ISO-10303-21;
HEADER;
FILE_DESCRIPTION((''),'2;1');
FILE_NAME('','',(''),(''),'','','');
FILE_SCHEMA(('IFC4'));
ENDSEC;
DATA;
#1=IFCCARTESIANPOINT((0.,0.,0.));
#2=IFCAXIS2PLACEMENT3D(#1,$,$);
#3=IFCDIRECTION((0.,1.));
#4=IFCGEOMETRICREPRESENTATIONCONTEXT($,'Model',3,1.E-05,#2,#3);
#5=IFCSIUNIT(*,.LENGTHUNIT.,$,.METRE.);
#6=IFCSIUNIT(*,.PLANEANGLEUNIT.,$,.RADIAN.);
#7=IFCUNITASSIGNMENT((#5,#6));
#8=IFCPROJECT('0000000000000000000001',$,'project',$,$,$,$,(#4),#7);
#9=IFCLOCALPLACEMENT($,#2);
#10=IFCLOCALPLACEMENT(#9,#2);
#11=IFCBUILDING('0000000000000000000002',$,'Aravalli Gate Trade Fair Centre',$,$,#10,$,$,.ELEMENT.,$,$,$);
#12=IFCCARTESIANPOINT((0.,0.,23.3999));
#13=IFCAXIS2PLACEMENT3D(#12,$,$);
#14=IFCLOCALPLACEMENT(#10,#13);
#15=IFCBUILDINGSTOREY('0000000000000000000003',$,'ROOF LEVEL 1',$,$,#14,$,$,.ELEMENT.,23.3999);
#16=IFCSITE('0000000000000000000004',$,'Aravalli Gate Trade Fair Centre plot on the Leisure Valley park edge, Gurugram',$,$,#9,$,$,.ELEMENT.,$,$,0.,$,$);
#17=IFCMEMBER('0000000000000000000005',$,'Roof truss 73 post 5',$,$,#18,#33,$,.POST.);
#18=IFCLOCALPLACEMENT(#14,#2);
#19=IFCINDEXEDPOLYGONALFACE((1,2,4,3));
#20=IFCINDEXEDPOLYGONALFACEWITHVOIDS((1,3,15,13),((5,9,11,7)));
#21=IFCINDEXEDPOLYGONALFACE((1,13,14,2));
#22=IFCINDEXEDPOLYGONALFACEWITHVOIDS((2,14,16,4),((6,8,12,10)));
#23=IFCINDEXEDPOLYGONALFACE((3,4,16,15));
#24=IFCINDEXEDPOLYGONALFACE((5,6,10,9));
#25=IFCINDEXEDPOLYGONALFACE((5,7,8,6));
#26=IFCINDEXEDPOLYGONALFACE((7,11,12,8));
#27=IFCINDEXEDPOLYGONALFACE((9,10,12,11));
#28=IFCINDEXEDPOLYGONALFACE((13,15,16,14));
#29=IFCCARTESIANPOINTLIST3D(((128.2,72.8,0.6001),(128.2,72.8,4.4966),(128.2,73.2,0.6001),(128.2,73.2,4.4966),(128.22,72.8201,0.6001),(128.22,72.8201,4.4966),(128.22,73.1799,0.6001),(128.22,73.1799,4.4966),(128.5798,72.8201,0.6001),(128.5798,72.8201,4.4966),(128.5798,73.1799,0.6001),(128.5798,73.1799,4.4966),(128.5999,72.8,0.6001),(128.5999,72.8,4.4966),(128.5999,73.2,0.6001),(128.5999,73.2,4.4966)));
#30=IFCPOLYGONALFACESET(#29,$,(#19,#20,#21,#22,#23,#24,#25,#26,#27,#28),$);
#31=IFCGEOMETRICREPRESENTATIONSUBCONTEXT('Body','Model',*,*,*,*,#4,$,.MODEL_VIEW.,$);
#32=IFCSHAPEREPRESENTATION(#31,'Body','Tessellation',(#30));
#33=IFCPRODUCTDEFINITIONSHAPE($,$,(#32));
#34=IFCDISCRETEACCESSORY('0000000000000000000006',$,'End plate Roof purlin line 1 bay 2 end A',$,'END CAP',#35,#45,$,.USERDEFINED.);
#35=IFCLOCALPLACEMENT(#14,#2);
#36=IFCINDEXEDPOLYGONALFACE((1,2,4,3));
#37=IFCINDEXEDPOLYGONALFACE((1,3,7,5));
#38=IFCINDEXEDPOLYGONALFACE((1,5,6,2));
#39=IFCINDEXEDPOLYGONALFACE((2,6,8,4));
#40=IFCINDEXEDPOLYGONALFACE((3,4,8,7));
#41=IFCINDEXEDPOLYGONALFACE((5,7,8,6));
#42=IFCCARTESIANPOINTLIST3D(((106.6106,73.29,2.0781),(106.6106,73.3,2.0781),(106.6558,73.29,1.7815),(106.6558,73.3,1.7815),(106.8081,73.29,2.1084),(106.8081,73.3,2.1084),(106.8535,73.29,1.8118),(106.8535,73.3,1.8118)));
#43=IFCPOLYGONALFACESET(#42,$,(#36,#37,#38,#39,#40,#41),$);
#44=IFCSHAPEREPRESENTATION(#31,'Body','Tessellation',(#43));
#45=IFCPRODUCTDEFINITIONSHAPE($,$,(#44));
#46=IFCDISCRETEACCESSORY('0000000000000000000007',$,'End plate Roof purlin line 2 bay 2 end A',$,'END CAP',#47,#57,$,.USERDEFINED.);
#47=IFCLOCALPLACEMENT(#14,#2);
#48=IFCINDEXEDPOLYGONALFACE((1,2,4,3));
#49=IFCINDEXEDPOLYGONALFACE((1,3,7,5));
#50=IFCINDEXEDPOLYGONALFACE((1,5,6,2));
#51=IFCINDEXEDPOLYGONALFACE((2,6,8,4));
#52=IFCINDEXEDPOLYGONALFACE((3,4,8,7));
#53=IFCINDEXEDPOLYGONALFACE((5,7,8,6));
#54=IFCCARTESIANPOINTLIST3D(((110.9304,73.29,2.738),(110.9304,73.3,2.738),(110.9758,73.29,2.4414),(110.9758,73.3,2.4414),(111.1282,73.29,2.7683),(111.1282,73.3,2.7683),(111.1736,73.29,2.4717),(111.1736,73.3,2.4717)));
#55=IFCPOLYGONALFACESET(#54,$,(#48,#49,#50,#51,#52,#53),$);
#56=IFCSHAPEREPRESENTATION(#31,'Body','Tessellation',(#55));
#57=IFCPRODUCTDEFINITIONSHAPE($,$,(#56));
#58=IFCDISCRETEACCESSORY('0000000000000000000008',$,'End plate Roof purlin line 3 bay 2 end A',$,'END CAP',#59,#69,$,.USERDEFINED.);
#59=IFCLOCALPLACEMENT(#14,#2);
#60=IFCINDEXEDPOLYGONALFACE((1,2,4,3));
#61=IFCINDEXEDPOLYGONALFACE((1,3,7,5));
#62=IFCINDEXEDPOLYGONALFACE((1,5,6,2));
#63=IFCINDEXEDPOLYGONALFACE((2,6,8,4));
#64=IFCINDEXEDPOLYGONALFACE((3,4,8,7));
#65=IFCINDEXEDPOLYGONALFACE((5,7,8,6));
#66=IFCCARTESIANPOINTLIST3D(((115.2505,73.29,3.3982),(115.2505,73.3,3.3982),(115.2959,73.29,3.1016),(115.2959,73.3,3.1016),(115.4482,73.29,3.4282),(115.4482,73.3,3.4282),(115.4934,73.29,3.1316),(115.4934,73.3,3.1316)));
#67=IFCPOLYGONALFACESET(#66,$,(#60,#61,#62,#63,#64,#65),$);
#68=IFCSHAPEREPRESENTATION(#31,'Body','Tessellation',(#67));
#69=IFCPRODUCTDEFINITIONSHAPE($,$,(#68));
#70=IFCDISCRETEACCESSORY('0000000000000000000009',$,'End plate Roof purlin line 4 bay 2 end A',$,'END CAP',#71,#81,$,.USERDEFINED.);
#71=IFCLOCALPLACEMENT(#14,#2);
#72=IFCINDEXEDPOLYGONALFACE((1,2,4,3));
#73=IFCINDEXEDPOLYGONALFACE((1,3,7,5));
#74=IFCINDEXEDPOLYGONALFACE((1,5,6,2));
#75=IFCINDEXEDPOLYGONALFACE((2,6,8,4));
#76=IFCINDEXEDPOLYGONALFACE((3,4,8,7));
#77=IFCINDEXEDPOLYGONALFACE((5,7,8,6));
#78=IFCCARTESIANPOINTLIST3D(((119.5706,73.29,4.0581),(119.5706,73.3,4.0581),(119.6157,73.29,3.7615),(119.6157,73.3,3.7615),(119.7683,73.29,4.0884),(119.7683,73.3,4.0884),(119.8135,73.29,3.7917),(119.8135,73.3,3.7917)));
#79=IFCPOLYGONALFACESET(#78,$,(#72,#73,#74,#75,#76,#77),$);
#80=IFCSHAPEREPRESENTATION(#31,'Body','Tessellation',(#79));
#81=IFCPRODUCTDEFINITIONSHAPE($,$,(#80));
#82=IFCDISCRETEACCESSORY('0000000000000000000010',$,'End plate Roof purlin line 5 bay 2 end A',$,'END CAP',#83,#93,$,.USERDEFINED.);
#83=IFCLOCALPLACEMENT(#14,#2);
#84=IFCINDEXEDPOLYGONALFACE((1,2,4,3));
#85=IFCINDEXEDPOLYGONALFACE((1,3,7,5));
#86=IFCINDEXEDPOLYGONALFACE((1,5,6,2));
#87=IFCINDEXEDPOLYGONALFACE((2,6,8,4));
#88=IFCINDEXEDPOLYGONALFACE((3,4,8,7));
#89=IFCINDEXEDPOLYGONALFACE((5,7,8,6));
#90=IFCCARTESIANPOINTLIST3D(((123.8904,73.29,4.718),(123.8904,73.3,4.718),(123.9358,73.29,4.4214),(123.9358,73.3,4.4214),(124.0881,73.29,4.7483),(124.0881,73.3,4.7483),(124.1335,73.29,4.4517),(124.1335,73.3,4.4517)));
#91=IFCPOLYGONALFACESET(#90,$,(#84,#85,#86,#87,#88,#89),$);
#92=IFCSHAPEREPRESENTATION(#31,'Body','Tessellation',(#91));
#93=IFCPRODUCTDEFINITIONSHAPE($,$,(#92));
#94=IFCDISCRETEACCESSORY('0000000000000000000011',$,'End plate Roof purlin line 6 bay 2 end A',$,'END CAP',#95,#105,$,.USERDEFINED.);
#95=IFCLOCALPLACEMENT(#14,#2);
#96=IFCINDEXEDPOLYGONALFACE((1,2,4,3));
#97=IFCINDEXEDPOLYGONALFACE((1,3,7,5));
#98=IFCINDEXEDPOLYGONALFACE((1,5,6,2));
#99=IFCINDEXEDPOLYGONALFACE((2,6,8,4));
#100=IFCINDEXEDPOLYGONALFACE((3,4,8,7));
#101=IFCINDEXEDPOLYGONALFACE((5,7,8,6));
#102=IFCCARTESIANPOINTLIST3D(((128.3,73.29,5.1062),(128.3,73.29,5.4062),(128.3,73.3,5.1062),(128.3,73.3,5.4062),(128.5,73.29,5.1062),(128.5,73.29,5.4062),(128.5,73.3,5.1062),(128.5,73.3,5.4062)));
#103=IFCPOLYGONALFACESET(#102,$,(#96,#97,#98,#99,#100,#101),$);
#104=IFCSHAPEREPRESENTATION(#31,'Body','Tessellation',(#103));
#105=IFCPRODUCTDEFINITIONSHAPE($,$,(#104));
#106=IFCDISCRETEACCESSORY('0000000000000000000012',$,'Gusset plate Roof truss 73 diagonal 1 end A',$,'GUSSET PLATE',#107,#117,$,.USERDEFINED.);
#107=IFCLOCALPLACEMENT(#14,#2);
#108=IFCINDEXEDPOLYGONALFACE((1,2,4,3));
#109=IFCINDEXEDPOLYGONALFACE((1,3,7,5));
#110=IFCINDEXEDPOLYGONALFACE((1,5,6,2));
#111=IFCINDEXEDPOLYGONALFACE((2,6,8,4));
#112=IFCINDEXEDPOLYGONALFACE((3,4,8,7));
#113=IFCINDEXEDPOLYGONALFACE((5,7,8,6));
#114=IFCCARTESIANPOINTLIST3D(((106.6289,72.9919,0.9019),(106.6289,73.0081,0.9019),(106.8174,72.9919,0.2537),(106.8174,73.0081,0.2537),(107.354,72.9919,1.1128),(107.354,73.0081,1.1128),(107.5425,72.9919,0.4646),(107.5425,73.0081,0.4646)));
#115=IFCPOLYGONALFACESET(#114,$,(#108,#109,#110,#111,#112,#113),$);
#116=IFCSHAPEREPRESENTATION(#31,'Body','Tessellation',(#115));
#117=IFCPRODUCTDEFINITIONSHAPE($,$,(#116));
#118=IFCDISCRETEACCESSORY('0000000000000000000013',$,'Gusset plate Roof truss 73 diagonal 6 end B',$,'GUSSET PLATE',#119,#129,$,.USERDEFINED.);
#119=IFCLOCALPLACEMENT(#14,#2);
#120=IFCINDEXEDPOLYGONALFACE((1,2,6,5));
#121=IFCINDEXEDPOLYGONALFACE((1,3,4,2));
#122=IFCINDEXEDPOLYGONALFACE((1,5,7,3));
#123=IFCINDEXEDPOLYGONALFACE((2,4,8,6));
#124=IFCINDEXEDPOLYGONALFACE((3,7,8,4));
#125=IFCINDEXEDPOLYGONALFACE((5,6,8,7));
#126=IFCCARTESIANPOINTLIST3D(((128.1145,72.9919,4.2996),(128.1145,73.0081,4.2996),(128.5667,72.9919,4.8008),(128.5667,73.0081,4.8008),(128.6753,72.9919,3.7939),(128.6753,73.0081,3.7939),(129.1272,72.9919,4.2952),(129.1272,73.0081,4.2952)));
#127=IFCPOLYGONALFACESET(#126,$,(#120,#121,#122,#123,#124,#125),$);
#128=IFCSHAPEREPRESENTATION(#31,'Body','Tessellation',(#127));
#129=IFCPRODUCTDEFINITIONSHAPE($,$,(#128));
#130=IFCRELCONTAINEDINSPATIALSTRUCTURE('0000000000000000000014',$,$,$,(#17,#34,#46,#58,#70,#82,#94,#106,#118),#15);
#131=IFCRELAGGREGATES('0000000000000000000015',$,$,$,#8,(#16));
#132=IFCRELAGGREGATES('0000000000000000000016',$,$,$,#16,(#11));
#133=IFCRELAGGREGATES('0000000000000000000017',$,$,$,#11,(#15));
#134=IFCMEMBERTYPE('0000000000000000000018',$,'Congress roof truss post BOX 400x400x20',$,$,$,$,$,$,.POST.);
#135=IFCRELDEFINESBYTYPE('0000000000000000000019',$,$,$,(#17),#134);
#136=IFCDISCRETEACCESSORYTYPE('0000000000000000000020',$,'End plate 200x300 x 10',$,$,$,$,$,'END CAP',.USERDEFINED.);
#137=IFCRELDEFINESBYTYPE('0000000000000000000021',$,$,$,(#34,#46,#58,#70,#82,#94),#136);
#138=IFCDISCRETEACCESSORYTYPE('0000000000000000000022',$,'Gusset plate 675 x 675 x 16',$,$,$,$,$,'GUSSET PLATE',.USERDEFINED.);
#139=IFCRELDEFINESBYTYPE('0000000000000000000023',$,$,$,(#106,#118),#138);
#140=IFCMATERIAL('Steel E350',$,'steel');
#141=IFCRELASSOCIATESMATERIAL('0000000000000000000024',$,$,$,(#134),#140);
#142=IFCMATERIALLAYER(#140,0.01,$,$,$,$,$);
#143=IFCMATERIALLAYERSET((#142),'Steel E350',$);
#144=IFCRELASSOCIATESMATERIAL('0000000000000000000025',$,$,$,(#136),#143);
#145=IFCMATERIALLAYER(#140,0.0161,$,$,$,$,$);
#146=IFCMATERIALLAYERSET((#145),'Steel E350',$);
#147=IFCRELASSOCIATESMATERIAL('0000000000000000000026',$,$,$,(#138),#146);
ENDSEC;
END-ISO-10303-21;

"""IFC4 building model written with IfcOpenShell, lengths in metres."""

from ifc_helpers import new_model, si_unit, direction, frame, origin, origin_2d, place, context, subcontext, project, spatial, polyline, hollow_rectangle, outline, extrude, material, layer, layer_set, material_profile, profile_set, type_object, element, save


model = new_model("IFC4")

# Units and contexts
model_context = context("Model", 3, precision=1e-05, world=origin(), true_north=direction((0.0, 1.0)))
body_context = subcontext(model_context, "Body", "Model", "MODEL_VIEW")
ifc_project = project(units=[si_unit("LENGTHUNIT", "METRE"), si_unit("PLANEANGLEUNIT", "RADIAN")], contexts=[model_context])

# Site, building, storey
site_placement = place(None, origin())
site = spatial("IfcSite", under=ifc_project, at=site_placement, Name="Aravalli Gate Trade Fair Centre plot on the Leisure Valley park edge, Gurugram", CompositionType="ELEMENT", RefElevation=0.0)
building_placement = place(site_placement, origin())
building = spatial("IfcBuilding", under=site, at=building_placement, Name="Aravalli Gate Trade Fair Centre", CompositionType="ELEMENT")
storey_placement = place(building_placement, frame((0.0, 0.0, 23.3999)))
storey = spatial("IfcBuildingStorey", under=building, at=storey_placement, Name="ROOF LEVEL 1", CompositionType="ELEMENT", Elevation=23.3999)

# Member
ifc_material = material(Name="Steel E350", Category="steel")
ifc_material_profile_1 = material_profile(ifc_material, hollow_rectangle(XDim=0.3999, YDim=0.3999, WallThickness=0.02, at=origin_2d()), Name="BOX 400x400x20")
ifc_profile_set_1 = profile_set([ifc_material_profile_1], Name="Steel E350")
member_type_1 = type_object("IfcMemberType", Name="Congress roof truss post BOX 400x400x20", PredefinedType="POST", material=ifc_profile_set_1)
member_1_placement = place(storey_placement, frame((128.3999, 73.0, 0.6001), z_axis=(0.0, 0.0, 1.0), x_axis=(1.0, 0.0, 0.0)))
element("IfcMember", 1, at=member_1_placement, inside=storey, type_object=member_type_1, Name="Roof truss 73 post 5", PredefinedType="POST", context=body_context, shape_type="SweptSolid", body=[
    extrude(hollow_rectangle(XDim=0.3999, YDim=0.3999, WallThickness=0.02, at=origin_2d()), origin(), (0.0, 0.0, 1.0), 3.8965),
])

# Discrete accessories
ifc_layer_1 = layer(ifc_material, 0.01)
ifc_layer_set_1 = layer_set([ifc_layer_1], Name="Steel E350")
discrete_accessory_type_1 = type_object("IfcDiscreteAccessoryType", Name="End plate 200x300 x 10", ElementType="END CAP", PredefinedType="USERDEFINED", material=ifc_layer_set_1)
discrete_accessory_1_placement = place(storey_placement, frame((106.8535, 73.3, 1.8118), z_axis=(0.0, 1.0, 0.0), x_axis=(-0.988484, 0.0, -0.151324)))
element("IfcDiscreteAccessory", 2, at=discrete_accessory_1_placement, inside=storey, type_object=discrete_accessory_type_1, Name="End plate Roof purlin line 1 bay 2 end A", ObjectType="END CAP", PredefinedType="USERDEFINED", context=body_context, shape_type="SweptSolid", body=[
    extrude(outline(polyline([(0.0, 0.0), (0.2001, 0.0), (0.1998, 0.3), (0.0, 0.3001), (0.0, 0.0)])), origin(), (0.0, 0.0, -1.0), 0.01),
])
discrete_accessory_2_placement = place(storey_placement, frame((111.1736, 73.3, 2.4717), z_axis=(0.0, 1.0, 0.0), x_axis=(-0.988484, 0.0, -0.151324)))
element("IfcDiscreteAccessory", 3, at=discrete_accessory_2_placement, inside=storey, type_object=discrete_accessory_type_1, Name="End plate Roof purlin line 2 bay 2 end A", ObjectType="END CAP", PredefinedType="USERDEFINED", context=body_context, shape_type="SweptSolid", body=[
    extrude(outline(polyline([(0.0, 0.0), (0.2001, 0.0), (0.2001, 0.3001), (0.0, 0.3001), (0.0, 0.0)])), origin(), (0.0, 0.0, -1.0), 0.01),
])
discrete_accessory_3_placement = place(storey_placement, frame((115.4934, 73.3, 3.1316), z_axis=(0.0, 1.0, 0.0), x_axis=(-0.988639, 0.0, -0.150312)))
element("IfcDiscreteAccessory", 4, at=discrete_accessory_3_placement, inside=storey, type_object=discrete_accessory_type_1, Name="End plate Roof purlin line 3 bay 2 end A", ObjectType="END CAP", PredefinedType="USERDEFINED", context=body_context, shape_type="SweptSolid", body=[
    extrude(outline(polyline([(0.0, 0.0), (0.1998, 0.0), (0.2001, 0.3001), (0.0001, 0.3), (0.0, 0.0)])), origin(), (0.0, 0.0, -1.0), 0.01),
])
discrete_accessory_4_placement = place(storey_placement, frame((119.8135, 73.3, 3.7917), z_axis=(0.0, 1.0, 0.0), x_axis=(-0.988484, 0.0, -0.151324)))
element("IfcDiscreteAccessory", 5, at=discrete_accessory_4_placement, inside=storey, type_object=discrete_accessory_type_1, Name="End plate Roof purlin line 4 bay 2 end A", ObjectType="END CAP", PredefinedType="USERDEFINED", context=body_context, shape_type="SweptSolid", body=[
    extrude(outline(polyline([(0.0, 0.0), (0.2001, 0.0), (0.1998, 0.3), (-0.0002, 0.3), (0.0, 0.0)])), origin(), (0.0, 0.0, -1.0), 0.01),
])
discrete_accessory_5_placement = place(storey_placement, frame((124.1335, 73.3, 4.4517), z_axis=(0.0, 1.0, 0.0), x_axis=(-0.988484, 0.0, -0.151324)))
element("IfcDiscreteAccessory", 6, at=discrete_accessory_5_placement, inside=storey, type_object=discrete_accessory_type_1, Name="End plate Roof purlin line 5 bay 2 end A", ObjectType="END CAP", PredefinedType="USERDEFINED", context=body_context, shape_type="SweptSolid", body=[
    extrude(outline(polyline([(0.0, 0.0), (0.2001, 0.0), (0.2001, 0.3001), (0.0, 0.3001), (0.0, 0.0)])), origin(), (0.0, 0.0, -1.0), 0.01),
])
discrete_accessory_6_placement = place(storey_placement, frame((128.5, 73.3, 5.1062), z_axis=(0.0, 1.0, 0.0), x_axis=(-1.0, 0.0, 0.0)))
element("IfcDiscreteAccessory", 7, at=discrete_accessory_6_placement, inside=storey, type_object=discrete_accessory_type_1, Name="End plate Roof purlin line 6 bay 2 end A", ObjectType="END CAP", PredefinedType="USERDEFINED", context=body_context, shape_type="SweptSolid", body=[
    extrude(outline(polyline([(0.0, 0.0), (0.2, 0.0), (0.2, 0.3), (0.0, 0.3), (0.0, 0.0)])), origin(), (0.0, 0.0, -1.0), 0.01),
])
ifc_layer_2 = layer(ifc_material, 0.0161)
ifc_layer_set_2 = layer_set([ifc_layer_2], Name="Steel E350")
discrete_accessory_type_2 = type_object("IfcDiscreteAccessoryType", Name="Gusset plate 675 x 675 x 16", ElementType="GUSSET PLATE", PredefinedType="USERDEFINED", material=ifc_layer_set_2)
discrete_accessory_7_placement = place(storey_placement, frame((107.5425, 73.0081, 0.4646), z_axis=(0.0, 1.0, 0.0), x_axis=(-0.960195, 0.0, -0.27933)))
element("IfcDiscreteAccessory", 8, at=discrete_accessory_7_placement, inside=storey, type_object=discrete_accessory_type_2, Name="Gusset plate Roof truss 73 diagonal 1 end A", ObjectType="GUSSET PLATE", PredefinedType="USERDEFINED", context=body_context, shape_type="SweptSolid", body=[
    extrude(outline(polyline([(0.0, 0.0), (0.7552, 0.0), (0.7551, 0.675), (-0.0001, 0.675), (0.0, 0.0)])), origin(), (0.0, 0.0, -1.0), 0.0161),
])
discrete_accessory_8_placement = place(storey_placement, frame((128.6753, 73.0081, 3.7939), z_axis=(0.0, 1.0, 0.0), x_axis=(-0.742699, 0.0, 0.669625)))
element("IfcDiscreteAccessory", 9, at=discrete_accessory_8_placement, inside=storey, type_object=discrete_accessory_type_2, Name="Gusset plate Roof truss 73 diagonal 6 end B", ObjectType="GUSSET PLATE", PredefinedType="USERDEFINED", context=body_context, shape_type="SweptSolid", body=[
    extrude(outline(polyline([(0.0, 0.0), (0.7551, 0.0), (0.7549, 0.675), (0.0, 0.6749), (0.0, 0.0)])), origin(), (0.0, 0.0, -1.0), 0.0161),
])

save(model, "model.ifc")
